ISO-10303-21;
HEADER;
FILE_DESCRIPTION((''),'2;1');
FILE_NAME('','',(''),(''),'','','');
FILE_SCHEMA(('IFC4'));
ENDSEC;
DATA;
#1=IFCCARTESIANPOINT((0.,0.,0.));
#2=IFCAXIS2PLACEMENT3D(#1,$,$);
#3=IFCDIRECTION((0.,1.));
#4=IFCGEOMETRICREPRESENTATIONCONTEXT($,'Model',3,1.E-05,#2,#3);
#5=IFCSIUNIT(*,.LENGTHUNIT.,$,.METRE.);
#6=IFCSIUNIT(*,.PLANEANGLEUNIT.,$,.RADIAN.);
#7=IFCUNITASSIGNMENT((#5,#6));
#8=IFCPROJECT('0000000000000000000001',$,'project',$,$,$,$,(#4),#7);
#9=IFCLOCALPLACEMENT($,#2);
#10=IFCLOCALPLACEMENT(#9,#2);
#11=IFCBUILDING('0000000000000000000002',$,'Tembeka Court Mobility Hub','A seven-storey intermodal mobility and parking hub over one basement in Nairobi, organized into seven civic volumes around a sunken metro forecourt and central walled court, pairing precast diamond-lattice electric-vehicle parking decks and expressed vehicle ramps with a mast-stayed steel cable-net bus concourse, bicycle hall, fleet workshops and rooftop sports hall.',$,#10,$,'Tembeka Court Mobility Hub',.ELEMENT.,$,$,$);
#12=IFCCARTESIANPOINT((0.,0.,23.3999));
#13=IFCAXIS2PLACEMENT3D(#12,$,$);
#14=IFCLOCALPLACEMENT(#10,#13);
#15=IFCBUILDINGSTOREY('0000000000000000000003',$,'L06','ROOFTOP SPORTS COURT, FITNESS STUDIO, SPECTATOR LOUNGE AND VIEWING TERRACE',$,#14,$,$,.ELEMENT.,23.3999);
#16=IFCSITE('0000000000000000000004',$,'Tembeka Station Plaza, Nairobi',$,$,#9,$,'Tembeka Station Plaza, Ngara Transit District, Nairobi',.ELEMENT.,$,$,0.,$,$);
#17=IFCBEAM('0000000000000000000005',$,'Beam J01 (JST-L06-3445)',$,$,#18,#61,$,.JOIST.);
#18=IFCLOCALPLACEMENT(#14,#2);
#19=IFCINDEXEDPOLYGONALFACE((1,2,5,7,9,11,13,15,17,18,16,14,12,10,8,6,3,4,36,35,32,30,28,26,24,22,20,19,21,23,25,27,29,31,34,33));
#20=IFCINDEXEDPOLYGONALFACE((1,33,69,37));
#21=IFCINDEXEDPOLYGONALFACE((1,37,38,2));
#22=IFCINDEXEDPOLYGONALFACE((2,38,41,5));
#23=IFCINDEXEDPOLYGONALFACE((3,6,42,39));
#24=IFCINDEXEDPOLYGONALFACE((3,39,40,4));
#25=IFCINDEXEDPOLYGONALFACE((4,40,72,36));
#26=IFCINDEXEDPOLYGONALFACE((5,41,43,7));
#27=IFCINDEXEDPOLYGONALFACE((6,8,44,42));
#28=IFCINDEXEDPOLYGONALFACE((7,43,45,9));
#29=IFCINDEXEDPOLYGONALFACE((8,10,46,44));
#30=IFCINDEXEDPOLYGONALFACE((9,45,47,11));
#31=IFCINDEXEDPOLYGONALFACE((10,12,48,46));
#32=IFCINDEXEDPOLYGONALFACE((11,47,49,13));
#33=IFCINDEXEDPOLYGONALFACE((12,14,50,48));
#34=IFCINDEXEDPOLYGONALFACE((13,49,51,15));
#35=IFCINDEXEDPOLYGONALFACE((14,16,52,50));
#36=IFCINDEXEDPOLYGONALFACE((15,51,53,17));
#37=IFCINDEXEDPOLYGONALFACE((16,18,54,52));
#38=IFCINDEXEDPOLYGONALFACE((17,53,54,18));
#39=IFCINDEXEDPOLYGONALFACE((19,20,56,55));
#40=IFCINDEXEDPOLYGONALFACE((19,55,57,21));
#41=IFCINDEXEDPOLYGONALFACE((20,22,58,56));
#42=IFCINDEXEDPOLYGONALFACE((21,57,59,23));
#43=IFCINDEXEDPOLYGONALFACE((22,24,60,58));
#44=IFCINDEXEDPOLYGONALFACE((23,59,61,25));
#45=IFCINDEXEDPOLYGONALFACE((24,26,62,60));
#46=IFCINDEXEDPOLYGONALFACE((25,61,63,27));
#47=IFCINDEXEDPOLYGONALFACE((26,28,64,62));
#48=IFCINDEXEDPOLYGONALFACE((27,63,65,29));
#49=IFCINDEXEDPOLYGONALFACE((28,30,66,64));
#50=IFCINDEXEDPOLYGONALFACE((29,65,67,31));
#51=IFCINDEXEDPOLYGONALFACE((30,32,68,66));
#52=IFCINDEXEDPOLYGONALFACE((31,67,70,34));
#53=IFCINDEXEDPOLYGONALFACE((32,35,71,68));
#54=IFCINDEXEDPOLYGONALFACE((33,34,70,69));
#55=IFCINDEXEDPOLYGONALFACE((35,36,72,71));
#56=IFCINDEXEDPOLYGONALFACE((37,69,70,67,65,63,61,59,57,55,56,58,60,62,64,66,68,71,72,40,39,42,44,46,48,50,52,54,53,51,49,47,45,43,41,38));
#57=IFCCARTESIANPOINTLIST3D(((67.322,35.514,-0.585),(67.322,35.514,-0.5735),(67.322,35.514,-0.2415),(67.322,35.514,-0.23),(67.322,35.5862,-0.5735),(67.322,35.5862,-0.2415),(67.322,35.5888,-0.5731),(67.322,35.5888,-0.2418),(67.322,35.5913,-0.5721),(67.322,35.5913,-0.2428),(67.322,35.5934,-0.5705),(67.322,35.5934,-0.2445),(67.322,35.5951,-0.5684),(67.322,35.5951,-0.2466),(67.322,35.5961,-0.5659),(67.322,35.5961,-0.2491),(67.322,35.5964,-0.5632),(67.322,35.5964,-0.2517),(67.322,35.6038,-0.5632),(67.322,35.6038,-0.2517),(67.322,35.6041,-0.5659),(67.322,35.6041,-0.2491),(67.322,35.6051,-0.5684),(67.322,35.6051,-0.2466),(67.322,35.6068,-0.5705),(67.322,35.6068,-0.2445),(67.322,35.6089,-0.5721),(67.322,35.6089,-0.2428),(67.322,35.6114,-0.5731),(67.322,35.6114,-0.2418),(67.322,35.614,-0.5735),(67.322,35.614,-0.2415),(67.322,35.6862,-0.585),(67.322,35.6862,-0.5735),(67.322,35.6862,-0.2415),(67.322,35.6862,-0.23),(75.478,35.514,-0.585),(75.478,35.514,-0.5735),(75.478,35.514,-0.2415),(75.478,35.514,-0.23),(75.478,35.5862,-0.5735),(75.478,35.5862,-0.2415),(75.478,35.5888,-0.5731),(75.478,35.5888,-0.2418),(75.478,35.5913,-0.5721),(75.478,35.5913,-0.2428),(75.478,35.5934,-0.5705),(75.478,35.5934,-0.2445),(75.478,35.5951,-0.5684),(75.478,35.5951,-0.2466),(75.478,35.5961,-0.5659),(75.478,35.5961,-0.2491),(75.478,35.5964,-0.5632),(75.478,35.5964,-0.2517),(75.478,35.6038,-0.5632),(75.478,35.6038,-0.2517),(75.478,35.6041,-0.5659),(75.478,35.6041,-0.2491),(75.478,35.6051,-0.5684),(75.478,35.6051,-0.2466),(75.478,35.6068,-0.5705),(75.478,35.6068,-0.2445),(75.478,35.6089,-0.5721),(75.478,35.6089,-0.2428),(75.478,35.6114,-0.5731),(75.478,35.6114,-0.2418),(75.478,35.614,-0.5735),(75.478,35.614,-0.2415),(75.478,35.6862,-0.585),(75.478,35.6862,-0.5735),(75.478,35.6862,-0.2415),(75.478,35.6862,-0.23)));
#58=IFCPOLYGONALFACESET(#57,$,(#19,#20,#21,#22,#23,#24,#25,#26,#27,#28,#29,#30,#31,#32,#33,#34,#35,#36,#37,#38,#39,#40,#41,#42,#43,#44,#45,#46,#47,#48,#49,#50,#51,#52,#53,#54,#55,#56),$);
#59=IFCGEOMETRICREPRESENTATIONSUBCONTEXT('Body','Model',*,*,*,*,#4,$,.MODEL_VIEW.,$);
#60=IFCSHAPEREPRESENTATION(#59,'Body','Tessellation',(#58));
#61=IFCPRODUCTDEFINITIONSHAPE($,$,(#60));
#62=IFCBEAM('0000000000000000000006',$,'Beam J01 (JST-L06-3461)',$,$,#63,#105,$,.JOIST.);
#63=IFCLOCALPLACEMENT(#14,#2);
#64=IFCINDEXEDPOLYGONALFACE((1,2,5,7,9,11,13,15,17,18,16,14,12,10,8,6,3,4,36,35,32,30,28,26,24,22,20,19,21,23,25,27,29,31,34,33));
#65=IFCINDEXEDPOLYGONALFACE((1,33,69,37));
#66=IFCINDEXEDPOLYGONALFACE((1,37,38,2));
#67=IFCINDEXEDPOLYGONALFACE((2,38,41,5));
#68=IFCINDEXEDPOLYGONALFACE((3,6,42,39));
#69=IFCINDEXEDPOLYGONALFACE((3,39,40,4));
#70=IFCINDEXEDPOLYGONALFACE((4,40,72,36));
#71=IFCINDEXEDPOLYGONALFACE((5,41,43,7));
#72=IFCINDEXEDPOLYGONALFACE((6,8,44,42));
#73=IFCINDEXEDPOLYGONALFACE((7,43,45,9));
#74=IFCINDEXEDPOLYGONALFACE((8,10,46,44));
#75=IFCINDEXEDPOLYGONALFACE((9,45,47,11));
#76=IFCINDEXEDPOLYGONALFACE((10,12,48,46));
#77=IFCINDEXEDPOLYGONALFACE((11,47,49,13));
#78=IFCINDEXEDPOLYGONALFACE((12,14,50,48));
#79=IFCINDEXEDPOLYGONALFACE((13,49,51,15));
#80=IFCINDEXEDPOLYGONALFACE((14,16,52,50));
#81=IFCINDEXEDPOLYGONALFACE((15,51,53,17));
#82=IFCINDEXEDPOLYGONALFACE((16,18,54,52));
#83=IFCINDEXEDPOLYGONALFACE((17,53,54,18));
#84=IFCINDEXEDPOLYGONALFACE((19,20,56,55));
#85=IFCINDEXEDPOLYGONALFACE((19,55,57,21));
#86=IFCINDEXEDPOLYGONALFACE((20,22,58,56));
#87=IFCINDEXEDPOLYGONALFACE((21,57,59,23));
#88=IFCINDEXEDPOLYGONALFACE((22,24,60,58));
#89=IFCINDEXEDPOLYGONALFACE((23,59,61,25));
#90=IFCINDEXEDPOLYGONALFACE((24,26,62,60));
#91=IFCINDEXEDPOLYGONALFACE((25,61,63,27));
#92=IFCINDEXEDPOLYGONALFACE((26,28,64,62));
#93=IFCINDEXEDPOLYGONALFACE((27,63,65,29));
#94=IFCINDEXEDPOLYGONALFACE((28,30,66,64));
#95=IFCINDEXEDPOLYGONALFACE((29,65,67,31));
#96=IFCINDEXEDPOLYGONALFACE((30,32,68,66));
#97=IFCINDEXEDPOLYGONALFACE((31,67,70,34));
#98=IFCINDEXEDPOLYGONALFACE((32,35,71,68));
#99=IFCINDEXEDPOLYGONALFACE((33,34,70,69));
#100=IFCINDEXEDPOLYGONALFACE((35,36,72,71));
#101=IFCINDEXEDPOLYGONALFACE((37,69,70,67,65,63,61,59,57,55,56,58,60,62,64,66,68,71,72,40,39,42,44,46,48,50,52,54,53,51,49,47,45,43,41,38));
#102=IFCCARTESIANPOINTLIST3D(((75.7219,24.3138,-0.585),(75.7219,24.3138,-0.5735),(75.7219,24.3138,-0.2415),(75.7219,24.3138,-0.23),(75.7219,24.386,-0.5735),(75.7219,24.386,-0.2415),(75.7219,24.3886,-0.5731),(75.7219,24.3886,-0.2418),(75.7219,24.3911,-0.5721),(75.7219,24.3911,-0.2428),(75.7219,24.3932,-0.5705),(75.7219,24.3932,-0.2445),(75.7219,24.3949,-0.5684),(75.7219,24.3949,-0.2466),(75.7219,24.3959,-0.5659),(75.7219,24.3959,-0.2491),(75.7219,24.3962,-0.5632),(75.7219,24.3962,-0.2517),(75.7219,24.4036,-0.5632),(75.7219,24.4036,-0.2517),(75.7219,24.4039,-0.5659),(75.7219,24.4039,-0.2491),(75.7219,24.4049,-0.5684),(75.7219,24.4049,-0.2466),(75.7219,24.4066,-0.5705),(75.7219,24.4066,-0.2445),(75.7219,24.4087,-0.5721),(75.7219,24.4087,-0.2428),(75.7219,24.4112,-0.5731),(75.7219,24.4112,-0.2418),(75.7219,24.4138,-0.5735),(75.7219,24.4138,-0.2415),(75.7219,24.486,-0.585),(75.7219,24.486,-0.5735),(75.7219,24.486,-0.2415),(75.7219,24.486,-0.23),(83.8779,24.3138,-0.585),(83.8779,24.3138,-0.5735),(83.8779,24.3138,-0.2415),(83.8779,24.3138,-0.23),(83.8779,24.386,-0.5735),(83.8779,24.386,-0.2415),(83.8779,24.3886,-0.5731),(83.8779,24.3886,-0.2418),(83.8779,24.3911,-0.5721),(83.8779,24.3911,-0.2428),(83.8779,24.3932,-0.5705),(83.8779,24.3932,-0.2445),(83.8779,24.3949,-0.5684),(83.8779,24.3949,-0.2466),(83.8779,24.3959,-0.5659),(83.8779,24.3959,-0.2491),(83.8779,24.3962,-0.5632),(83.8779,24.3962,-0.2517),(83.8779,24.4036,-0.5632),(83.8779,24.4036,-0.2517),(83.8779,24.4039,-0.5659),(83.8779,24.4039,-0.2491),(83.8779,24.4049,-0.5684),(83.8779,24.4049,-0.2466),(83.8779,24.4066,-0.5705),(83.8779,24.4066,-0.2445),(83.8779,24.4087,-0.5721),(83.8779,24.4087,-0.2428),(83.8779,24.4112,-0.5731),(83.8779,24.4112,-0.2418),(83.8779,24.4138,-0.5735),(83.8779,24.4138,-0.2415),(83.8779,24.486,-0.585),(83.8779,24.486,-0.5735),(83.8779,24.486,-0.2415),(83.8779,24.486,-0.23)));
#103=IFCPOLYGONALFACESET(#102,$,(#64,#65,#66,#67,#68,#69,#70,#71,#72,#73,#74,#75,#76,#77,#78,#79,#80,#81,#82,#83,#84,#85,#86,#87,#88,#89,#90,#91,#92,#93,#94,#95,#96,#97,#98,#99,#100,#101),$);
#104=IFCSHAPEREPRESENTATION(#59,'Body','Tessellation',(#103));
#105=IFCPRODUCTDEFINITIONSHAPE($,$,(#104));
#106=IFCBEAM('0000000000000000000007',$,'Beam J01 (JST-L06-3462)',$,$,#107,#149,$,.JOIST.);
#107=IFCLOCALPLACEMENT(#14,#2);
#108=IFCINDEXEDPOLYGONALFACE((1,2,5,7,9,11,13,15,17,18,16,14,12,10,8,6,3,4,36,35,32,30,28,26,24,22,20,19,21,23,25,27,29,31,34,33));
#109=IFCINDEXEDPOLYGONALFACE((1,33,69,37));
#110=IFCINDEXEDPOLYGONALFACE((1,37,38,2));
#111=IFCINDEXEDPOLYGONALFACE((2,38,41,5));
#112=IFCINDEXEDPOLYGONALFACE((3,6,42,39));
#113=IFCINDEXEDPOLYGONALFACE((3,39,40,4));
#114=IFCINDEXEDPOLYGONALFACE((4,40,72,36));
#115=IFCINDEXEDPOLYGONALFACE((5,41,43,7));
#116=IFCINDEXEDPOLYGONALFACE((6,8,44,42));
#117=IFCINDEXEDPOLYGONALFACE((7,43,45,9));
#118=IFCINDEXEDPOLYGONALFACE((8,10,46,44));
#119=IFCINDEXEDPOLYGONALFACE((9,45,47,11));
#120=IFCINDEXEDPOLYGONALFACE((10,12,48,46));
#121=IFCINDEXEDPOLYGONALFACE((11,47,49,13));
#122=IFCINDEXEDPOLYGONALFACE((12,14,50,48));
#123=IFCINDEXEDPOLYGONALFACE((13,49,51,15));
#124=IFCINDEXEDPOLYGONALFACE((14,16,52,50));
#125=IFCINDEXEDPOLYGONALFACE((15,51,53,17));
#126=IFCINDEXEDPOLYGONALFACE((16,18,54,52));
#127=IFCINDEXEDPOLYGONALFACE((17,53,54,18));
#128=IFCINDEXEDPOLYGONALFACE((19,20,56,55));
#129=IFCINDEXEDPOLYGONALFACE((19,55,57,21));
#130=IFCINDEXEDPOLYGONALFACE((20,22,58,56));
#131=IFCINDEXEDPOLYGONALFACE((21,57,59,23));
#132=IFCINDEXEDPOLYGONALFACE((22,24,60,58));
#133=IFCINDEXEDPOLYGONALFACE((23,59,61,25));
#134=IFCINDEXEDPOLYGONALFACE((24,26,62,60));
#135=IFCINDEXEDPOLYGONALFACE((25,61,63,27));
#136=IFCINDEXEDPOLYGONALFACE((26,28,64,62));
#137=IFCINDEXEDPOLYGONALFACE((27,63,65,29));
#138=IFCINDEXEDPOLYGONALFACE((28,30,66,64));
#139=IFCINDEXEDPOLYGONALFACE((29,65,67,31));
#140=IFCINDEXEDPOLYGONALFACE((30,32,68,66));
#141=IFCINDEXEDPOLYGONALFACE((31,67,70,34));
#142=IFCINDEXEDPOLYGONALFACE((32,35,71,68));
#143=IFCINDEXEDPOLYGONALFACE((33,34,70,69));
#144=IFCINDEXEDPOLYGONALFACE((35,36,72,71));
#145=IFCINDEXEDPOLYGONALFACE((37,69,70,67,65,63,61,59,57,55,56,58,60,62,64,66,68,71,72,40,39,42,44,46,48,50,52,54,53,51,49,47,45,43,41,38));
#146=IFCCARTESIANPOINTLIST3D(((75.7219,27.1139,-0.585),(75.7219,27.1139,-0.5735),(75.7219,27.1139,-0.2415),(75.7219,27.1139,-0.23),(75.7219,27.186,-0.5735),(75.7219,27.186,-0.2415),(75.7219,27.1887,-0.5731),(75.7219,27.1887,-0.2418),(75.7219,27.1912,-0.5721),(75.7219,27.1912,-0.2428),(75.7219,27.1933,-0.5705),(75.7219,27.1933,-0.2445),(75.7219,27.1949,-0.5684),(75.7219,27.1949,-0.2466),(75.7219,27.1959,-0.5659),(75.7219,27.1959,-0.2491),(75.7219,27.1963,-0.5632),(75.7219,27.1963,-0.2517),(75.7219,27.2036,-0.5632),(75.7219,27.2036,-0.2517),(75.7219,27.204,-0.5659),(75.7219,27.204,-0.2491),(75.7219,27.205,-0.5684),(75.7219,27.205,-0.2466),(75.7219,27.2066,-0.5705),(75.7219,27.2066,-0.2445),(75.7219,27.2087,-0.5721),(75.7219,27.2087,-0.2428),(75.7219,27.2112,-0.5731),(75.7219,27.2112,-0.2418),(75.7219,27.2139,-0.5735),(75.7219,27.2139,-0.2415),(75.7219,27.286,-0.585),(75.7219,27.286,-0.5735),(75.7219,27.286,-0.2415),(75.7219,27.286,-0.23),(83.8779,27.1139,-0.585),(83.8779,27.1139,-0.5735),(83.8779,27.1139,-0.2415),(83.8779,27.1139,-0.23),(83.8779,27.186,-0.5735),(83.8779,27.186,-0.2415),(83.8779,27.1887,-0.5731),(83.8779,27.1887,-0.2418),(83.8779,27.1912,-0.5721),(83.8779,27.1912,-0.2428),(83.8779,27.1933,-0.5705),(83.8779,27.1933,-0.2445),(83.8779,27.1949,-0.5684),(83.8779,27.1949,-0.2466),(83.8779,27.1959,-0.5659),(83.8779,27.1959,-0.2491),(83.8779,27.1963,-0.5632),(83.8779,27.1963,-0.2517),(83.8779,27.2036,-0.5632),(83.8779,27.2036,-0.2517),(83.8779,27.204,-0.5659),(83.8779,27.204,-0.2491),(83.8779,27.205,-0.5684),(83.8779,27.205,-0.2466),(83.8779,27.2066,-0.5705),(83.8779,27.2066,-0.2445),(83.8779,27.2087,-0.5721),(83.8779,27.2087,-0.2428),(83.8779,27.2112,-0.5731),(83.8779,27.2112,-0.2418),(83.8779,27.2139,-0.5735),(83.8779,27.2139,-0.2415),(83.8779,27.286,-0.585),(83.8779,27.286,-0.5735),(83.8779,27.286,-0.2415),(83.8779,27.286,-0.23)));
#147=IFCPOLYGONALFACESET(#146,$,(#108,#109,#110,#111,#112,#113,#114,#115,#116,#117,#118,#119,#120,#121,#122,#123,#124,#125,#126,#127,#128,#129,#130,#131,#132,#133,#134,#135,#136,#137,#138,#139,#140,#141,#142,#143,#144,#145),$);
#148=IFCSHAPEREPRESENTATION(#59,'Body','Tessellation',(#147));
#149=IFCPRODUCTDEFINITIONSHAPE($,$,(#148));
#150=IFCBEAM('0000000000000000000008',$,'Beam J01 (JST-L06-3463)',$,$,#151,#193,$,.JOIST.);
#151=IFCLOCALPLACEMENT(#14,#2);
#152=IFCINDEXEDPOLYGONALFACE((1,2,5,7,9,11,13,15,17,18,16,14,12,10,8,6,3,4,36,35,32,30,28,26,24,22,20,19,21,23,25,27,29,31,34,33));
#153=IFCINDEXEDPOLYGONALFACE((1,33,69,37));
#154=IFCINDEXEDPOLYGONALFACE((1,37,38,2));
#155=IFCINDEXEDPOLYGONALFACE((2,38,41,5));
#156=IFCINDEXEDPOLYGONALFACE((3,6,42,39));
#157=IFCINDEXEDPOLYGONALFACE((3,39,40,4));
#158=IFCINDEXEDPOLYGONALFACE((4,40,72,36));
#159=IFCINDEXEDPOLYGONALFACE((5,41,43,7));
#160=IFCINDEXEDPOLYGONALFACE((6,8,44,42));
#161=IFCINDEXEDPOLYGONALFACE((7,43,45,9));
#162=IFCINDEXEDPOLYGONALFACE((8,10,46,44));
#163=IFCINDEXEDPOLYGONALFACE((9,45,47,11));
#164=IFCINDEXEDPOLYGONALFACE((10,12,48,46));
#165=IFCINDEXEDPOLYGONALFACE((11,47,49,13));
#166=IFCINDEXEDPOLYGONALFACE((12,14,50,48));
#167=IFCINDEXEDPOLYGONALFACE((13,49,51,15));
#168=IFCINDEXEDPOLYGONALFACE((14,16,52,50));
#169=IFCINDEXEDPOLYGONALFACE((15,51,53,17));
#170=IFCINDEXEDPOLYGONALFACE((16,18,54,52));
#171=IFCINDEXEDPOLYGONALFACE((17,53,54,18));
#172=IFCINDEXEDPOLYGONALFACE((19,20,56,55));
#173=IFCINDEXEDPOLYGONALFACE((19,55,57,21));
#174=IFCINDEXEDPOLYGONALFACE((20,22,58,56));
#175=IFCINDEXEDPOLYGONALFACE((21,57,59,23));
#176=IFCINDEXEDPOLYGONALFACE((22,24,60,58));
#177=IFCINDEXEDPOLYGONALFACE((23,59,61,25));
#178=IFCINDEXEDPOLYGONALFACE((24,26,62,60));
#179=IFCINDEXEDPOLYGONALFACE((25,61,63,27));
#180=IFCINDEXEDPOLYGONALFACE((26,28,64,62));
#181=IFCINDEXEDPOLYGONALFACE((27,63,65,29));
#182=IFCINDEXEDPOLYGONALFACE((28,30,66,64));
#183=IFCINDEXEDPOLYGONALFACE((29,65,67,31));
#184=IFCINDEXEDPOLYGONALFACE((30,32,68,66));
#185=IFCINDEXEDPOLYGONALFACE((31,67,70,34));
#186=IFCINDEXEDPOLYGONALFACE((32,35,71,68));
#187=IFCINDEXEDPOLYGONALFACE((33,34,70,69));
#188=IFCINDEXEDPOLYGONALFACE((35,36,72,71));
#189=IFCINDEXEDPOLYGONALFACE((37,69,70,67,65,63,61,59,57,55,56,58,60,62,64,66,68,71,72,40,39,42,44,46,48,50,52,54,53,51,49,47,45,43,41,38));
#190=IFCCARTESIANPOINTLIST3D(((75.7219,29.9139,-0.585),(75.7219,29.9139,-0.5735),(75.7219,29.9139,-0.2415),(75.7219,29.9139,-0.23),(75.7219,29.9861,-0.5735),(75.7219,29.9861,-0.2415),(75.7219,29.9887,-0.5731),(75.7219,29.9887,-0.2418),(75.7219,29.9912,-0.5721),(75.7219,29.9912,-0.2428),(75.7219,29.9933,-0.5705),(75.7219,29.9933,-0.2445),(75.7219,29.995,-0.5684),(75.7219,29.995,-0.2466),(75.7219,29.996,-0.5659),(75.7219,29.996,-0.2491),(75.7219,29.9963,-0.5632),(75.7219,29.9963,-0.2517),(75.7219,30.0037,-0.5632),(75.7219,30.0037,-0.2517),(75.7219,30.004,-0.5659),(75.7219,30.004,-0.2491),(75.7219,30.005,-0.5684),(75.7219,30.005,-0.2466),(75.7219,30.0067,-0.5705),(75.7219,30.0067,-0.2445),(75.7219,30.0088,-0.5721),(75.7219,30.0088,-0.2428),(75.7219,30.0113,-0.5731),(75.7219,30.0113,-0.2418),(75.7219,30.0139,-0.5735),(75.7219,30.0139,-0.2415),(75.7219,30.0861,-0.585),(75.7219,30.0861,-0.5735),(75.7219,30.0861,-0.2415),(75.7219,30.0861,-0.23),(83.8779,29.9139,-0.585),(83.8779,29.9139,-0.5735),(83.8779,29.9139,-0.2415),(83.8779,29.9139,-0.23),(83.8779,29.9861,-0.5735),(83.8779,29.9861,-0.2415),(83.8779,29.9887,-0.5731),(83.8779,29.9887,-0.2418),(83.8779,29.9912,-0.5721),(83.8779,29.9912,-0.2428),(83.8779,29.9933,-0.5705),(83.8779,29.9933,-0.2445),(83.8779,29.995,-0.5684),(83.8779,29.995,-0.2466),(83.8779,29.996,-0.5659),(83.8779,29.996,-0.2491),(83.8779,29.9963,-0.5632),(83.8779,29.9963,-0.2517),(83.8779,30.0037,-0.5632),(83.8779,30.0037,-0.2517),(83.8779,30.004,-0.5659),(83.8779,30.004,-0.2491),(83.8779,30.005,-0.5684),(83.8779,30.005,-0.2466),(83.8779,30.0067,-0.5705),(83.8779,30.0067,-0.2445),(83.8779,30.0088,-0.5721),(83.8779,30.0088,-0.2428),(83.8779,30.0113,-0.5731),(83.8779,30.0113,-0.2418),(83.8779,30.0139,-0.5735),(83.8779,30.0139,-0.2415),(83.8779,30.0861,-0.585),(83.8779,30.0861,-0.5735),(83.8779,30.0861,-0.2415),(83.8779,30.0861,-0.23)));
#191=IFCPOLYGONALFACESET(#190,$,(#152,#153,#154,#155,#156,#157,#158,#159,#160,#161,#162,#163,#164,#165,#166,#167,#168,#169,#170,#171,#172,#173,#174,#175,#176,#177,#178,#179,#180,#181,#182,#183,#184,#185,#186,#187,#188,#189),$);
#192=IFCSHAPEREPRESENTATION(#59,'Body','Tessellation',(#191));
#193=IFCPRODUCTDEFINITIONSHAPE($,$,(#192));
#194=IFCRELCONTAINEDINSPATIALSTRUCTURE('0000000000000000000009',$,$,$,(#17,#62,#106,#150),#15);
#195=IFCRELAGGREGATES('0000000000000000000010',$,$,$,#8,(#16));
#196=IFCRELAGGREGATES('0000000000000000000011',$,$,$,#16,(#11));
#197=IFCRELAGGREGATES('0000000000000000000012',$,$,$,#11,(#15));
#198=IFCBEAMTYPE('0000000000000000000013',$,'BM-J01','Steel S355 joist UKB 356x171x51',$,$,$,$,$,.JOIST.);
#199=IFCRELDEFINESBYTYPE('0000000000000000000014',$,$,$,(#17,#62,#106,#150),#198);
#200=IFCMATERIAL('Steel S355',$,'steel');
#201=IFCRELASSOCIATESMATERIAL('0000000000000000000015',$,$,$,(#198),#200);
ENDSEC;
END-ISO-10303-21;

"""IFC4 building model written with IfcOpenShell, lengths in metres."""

from ifc_helpers import new_model, si_unit, direction, frame, origin, origin_2d, place, context, subcontext, project, spatial, i_section, extrude, material, material_profile, profile_set, type_object, element, save


model = new_model("IFC4")

# Units and contexts
model_context = context("Model", 3, precision=1e-05, world=origin(), true_north=direction((0.0, 1.0)))
body_context = subcontext(model_context, "Body", "Model", "MODEL_VIEW")
ifc_project = project(units=[si_unit("LENGTHUNIT", "METRE"), si_unit("PLANEANGLEUNIT", "RADIAN")], contexts=[model_context])

# Site, building, storey
site_placement = place(None, origin())
site = spatial("IfcSite", under=ifc_project, at=site_placement, Name="Tembeka Station Plaza, Nairobi", LongName="Tembeka Station Plaza, Ngara Transit District, Nairobi", CompositionType="ELEMENT", RefElevation=0.0)
building_placement = place(site_placement, origin())
building = spatial("IfcBuilding", under=site, at=building_placement, Name="Tembeka Court Mobility Hub", Description="A seven-storey intermodal mobility and parking hub over one basement in Nairobi, organized into seven civic volumes around a sunken metro forecourt and central walled court, pairing precast diamond-lattice electric-vehicle parking decks and expressed vehicle ramps with a mast-stayed steel cable-net bus concourse, bicycle hall, fleet workshops and rooftop sports hall.", LongName="Tembeka Court Mobility Hub", CompositionType="ELEMENT")
storey_placement = place(building_placement, frame((0.0, 0.0, 23.3999)))
storey = spatial("IfcBuildingStorey", under=building, at=storey_placement, Name="L06", Description="ROOFTOP SPORTS COURT, FITNESS STUDIO, SPECTATOR LOUNGE AND VIEWING TERRACE", CompositionType="ELEMENT", Elevation=23.3999)

# Beams
ifc_material_1 = material(Name="Steel S355", Category="steel")
ifc_material_profile_1 = material_profile(ifc_material_1, i_section(OverallWidth=0.1721, OverallDepth=0.355, WebThickness=0.0073, FlangeThickness=0.0115, FilletRadius=0.0103, at=origin_2d()), Name="UKB 356x171x51")
ifc_profile_set_1 = profile_set([ifc_material_profile_1], Name="Steel S355")
beam_type_1 = type_object("IfcBeamType", Name="BM-J01", Description="Steel S355 joist UKB 356x171x51", PredefinedType="JOIST", material=ifc_profile_set_1)
for number, where, z_axis, x_axis, name in (
    (1, (67.322, 35.6001, -0.4075), (1.0, 0.0, 0.0), (0.0, 1.0, 0.0), "Beam J01 (JST-L06-3445)"),
    (2, (75.7219, 24.3999, -0.4075), (1.0, 0.0, 0.0), (0.0, 1.0, 0.0), "Beam J01 (JST-L06-3461)"),
    (3, (75.7219, 27.2, -0.4075), (1.0, 0.0, 0.0), (0.0, 1.0, 0.0), "Beam J01 (JST-L06-3462)"),
    (4, (75.7219, 30.0, -0.4075), (1.0, 0.0, 0.0), (0.0, 1.0, 0.0), "Beam J01 (JST-L06-3463)"),
):
    element("IfcBeam", number, at=place(storey_placement, frame(where, z_axis=z_axis, x_axis=x_axis)), inside=storey, type_object=beam_type_1, Name=name, PredefinedType="JOIST", context=body_context, shape_type="SweptSolid", body=[
        extrude(i_section(OverallWidth=0.1721, OverallDepth=0.355, WebThickness=0.0073, FlangeThickness=0.0115, FilletRadius=0.0103, at=origin_2d()), origin(), (0.0, 0.0, 1.0), 8.156),
    ])

save(model, "model.ifc")
